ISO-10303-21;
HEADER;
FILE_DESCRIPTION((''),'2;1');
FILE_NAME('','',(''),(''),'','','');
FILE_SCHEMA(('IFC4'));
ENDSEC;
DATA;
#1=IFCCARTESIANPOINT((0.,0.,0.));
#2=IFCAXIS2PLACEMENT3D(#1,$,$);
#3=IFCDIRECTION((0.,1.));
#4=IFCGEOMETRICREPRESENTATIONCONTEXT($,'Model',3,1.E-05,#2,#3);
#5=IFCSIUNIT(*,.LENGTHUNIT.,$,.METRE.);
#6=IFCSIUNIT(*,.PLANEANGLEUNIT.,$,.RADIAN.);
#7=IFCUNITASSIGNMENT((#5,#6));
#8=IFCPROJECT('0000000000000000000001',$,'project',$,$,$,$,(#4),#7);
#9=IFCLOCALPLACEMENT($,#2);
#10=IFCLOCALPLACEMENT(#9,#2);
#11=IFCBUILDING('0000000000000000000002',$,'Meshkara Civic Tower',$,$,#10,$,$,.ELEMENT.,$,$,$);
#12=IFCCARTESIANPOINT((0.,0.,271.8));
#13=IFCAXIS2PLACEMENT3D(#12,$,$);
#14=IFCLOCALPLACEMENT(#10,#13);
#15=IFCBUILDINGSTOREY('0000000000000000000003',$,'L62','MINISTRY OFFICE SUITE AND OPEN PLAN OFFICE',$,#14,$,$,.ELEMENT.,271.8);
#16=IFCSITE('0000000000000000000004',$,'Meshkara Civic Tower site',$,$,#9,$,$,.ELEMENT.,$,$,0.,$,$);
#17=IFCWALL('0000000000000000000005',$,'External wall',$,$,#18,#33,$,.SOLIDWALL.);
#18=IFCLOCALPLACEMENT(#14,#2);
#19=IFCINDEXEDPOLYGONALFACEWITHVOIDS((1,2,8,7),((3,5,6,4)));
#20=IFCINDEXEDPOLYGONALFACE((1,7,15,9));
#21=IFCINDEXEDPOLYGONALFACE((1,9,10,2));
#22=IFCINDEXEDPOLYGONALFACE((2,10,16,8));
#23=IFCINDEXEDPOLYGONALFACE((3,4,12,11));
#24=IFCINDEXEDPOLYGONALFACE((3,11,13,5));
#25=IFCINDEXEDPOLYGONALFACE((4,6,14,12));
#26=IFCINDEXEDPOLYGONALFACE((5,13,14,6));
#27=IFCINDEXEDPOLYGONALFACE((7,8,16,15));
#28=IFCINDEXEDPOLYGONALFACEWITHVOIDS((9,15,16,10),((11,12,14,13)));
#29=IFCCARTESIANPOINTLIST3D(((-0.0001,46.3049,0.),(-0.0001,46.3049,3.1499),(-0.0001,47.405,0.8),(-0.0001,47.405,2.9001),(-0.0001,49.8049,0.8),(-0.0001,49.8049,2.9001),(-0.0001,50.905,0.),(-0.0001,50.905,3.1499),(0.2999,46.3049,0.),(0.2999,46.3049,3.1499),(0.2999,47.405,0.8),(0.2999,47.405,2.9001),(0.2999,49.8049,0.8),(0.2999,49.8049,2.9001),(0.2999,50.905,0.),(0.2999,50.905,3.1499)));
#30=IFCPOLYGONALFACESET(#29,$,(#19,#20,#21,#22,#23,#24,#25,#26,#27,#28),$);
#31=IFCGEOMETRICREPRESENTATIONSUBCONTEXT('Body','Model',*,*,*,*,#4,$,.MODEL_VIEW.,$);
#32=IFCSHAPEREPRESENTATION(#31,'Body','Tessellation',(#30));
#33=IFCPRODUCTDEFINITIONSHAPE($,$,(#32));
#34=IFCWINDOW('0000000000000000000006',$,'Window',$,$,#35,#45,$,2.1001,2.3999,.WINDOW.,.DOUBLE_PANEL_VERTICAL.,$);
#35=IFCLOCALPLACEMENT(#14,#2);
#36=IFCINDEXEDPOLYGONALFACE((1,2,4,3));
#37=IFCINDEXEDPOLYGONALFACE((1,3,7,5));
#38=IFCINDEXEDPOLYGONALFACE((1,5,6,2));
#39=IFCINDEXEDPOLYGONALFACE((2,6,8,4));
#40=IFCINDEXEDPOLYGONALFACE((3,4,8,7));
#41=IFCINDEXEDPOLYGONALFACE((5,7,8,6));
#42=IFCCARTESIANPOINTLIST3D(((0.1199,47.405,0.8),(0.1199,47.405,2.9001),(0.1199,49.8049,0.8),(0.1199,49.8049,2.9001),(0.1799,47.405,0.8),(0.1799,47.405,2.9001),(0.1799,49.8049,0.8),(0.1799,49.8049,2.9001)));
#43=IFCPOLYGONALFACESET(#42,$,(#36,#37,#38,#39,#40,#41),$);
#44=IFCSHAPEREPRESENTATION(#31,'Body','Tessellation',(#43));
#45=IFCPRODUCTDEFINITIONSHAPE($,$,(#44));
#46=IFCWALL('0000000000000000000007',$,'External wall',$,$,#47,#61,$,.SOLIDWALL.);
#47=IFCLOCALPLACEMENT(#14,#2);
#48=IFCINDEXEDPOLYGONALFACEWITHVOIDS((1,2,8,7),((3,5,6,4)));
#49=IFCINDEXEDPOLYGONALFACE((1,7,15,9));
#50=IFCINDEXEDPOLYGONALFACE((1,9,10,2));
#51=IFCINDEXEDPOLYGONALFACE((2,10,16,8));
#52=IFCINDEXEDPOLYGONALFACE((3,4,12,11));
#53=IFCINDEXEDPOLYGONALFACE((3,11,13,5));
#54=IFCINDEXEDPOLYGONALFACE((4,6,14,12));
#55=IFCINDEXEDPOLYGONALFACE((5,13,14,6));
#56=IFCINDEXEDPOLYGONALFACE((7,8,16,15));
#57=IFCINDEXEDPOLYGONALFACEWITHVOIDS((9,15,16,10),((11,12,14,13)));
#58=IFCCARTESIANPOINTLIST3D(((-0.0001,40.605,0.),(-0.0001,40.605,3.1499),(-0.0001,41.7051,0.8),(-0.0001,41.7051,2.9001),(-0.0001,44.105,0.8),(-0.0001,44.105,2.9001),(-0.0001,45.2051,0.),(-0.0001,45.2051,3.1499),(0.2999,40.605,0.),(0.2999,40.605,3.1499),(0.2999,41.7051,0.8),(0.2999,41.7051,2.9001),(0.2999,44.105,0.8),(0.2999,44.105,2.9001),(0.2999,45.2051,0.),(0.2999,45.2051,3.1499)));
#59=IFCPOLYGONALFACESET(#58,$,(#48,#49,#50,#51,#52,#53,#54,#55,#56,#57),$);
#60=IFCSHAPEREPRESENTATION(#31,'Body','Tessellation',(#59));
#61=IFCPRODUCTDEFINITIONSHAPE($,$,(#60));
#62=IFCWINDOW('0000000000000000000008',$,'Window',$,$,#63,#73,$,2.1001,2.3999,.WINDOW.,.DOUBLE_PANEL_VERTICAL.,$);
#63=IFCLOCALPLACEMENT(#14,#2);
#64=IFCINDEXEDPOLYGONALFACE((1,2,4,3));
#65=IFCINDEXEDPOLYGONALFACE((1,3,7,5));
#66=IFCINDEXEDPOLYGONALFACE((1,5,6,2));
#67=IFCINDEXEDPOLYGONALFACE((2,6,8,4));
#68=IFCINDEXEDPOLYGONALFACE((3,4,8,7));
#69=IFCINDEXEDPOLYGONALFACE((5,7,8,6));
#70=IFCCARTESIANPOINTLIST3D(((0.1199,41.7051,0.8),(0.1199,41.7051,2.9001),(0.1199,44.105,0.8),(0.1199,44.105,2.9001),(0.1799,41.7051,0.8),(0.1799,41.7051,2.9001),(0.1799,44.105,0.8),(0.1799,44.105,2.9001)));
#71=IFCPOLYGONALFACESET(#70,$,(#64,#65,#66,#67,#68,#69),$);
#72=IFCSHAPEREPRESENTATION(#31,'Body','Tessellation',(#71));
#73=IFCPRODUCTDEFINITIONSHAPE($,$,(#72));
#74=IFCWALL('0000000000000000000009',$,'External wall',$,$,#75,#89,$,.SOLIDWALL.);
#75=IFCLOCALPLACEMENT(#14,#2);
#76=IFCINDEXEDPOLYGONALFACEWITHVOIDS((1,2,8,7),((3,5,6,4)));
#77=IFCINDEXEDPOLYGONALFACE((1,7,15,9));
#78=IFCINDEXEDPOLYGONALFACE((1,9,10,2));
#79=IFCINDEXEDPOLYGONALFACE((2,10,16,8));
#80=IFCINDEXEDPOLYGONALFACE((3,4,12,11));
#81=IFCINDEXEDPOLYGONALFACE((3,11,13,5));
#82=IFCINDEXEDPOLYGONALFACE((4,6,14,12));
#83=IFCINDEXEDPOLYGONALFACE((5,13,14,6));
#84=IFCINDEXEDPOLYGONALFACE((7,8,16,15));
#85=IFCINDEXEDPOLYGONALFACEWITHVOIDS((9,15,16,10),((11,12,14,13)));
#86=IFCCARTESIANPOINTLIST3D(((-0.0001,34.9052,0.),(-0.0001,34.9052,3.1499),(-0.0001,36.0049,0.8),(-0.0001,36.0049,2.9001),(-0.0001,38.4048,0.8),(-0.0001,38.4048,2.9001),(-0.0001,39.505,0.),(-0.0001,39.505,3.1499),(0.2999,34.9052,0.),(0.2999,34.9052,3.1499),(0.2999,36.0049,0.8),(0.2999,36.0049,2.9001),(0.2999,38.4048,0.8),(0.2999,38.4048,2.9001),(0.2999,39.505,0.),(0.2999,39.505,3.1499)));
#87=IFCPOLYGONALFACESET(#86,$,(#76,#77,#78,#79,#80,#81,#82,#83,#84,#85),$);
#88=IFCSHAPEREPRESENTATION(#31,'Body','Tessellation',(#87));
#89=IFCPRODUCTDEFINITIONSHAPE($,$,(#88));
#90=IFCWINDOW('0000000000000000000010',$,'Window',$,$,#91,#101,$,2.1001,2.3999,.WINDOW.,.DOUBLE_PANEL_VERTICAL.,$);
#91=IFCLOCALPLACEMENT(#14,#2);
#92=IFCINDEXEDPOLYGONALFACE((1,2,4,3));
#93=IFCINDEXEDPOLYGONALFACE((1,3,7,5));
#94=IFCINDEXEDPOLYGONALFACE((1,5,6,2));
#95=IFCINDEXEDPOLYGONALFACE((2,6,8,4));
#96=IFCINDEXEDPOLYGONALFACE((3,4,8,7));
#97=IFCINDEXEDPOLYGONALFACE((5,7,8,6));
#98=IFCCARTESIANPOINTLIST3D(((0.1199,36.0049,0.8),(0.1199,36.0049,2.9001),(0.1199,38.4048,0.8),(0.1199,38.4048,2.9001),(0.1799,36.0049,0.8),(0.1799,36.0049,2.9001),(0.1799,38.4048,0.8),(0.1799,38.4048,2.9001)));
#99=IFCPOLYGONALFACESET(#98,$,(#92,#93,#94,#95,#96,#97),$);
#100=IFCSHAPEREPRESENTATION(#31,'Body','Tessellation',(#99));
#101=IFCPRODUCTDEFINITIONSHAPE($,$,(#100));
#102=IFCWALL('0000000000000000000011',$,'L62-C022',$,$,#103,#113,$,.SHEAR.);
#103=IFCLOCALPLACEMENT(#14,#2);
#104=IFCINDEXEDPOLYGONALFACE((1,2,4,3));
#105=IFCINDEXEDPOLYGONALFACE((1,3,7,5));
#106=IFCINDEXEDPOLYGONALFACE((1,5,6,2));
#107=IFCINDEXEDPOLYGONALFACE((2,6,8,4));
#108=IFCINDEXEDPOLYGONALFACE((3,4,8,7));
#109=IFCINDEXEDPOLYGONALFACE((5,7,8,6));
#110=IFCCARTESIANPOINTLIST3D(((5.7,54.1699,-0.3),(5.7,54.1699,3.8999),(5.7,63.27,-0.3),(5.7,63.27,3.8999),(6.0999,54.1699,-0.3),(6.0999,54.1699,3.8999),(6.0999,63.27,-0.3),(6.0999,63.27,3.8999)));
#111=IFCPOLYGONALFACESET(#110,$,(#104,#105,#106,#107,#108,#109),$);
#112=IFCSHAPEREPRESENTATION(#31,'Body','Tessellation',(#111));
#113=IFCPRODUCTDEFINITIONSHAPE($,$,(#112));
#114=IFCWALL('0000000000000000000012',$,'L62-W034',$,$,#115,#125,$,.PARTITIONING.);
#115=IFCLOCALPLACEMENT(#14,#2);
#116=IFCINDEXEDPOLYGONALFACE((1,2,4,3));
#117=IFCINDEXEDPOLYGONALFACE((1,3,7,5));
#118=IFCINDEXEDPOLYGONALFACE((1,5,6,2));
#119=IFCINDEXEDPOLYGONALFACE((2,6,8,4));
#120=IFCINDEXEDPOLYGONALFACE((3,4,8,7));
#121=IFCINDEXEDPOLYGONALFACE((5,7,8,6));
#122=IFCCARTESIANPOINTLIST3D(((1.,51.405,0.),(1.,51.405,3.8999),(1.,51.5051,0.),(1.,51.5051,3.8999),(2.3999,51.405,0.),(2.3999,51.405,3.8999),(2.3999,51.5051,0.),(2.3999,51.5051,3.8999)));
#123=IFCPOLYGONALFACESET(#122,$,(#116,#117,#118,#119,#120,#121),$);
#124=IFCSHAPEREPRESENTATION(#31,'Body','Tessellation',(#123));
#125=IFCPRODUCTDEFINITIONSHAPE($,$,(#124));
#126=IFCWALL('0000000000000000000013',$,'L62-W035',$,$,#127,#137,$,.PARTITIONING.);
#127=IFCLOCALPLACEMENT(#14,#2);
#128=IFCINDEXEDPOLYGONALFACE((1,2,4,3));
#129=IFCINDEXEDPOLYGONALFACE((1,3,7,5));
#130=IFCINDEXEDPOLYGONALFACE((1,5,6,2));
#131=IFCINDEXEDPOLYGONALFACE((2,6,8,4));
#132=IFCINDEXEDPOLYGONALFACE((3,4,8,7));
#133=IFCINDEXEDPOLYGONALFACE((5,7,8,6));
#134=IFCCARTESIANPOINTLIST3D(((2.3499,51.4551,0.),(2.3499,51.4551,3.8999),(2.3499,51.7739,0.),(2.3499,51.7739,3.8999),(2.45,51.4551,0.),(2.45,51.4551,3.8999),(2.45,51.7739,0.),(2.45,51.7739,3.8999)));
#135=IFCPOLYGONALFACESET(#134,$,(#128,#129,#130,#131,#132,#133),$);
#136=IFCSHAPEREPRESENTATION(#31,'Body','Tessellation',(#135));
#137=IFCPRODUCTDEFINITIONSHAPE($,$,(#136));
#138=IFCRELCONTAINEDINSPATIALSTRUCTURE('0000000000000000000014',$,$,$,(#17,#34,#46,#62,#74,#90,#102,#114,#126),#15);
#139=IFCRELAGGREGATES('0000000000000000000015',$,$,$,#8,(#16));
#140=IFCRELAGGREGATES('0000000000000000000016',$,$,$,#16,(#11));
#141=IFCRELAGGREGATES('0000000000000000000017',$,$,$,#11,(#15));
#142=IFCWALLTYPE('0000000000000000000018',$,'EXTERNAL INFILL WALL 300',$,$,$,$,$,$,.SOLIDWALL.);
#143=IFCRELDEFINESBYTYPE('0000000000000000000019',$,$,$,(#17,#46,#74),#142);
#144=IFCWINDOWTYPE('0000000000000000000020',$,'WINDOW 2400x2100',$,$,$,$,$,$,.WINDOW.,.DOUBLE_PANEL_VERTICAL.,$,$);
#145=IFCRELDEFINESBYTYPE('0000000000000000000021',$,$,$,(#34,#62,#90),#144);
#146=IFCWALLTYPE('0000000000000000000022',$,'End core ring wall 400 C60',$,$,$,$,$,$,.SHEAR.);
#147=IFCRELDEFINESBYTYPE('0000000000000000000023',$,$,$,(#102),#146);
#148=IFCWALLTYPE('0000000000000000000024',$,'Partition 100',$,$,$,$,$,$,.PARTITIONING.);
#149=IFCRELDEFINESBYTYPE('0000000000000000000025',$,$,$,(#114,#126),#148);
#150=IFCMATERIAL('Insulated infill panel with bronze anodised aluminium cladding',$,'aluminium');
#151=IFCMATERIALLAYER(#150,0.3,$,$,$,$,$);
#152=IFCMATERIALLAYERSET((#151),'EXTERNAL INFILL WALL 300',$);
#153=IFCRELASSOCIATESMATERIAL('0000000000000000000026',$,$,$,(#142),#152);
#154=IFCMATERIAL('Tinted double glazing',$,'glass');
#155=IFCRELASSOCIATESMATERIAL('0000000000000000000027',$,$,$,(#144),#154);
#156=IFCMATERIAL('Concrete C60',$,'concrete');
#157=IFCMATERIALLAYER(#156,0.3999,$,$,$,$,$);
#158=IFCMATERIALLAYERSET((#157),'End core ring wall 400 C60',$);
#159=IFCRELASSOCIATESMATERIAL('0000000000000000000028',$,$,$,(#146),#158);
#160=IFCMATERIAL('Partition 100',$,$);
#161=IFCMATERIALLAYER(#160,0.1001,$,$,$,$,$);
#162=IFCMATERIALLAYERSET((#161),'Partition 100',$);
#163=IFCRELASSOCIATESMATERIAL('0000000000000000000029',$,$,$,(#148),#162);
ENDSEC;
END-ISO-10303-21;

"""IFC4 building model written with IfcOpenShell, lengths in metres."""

from ifc_helpers import new_model, si_unit, direction, frame, frame_2d, origin, place, context, subcontext, project, spatial, rectangle, extrude, material, layer, layer_set, type_object, element, fill, save


model = new_model("IFC4")

# Units and contexts
model_context = context("Model", 3, precision=1e-05, world=origin(), true_north=direction((0.0, 1.0)))
body_context = subcontext(model_context, "Body", "Model", "MODEL_VIEW")
ifc_project = project(units=[si_unit("LENGTHUNIT", "METRE"), si_unit("PLANEANGLEUNIT", "RADIAN")], contexts=[model_context])

# Site, building, storey
site_placement = place(None, origin())
site = spatial("IfcSite", under=ifc_project, at=site_placement, Name="Meshkara Civic Tower site", CompositionType="ELEMENT", RefElevation=0.0)
building_placement = place(site_placement, origin())
building = spatial("IfcBuilding", under=site, at=building_placement, Name="Meshkara Civic Tower", CompositionType="ELEMENT")
storey_placement = place(building_placement, frame((0.0, 0.0, 271.8)))
storey = spatial("IfcBuildingStorey", under=building, at=storey_placement, Name="L62", Description="MINISTRY OFFICE SUITE AND OPEN PLAN OFFICE", CompositionType="ELEMENT", Elevation=271.8)

# Walls, openings, windows
ifc_material_1 = material(Name="Insulated infill panel with bronze anodised aluminium cladding", Category="aluminium")
ifc_layer_1 = layer(ifc_material_1, 0.3)
ifc_layer_set_1 = layer_set([ifc_layer_1], Name="EXTERNAL INFILL WALL 300")
wall_type_1 = type_object("IfcWallType", Name="EXTERNAL INFILL WALL 300", PredefinedType="SOLIDWALL", material=ifc_layer_set_1)
wall_1_placement = place(storey_placement, frame((0.1499, 50.905, 0.0), z_axis=(0.0, 0.0, 1.0), x_axis=(0.0, -1.0, 0.0)))
wall_1 = element("IfcWall", 1, at=wall_1_placement, inside=storey, type_object=wall_type_1, Name="External wall", PredefinedType="SOLIDWALL", context=body_context, shape_type="SweptSolid", body=[
    extrude(rectangle(XDim=4.6001, YDim=0.3, at=frame_2d((2.3, 0.0))), origin(), (0.0, 0.0, 1.0), 3.1499),
])
opening_1_placement = place(wall_1_placement, frame((1.1001, 0.0, 0.8)))
opening_1 = element("IfcOpeningElement", 2, at=opening_1_placement, cuts=wall_1, PredefinedType="OPENING", context=body_context, shape_type="SweptSolid", body=[
    extrude(rectangle(XDim=2.3999, YDim=2.1001, at=frame_2d((1.2, 1.05))), frame((0.0, 0.1599, 0.0), z_axis=(0.0, -1.0, 0.0), x_axis=(1.0, 0.0, 0.0)), (0.0, 0.0, 1.0), 0.3201),
])
ifc_material_2 = material(Name="Tinted double glazing", Category="glass")
window_type = type_object("IfcWindowType", Name="WINDOW 2400x2100", PartitioningType="DOUBLE_PANEL_VERTICAL", PredefinedType="WINDOW", material=ifc_material_2)
window_1_placement = place(opening_1_placement, origin())
window_1 = element("IfcWindow", 3, at=window_1_placement, inside=storey, type_object=window_type, Name="Window", OverallHeight=2.1001, OverallWidth=2.3999, PartitioningType="DOUBLE_PANEL_VERTICAL", PredefinedType="WINDOW", context=body_context, shape_type="SweptSolid", body=[
    extrude(rectangle(XDim=2.3999, YDim=2.1001, at=frame_2d((1.2, 1.05))), frame((0.0, 0.03, 0.0), z_axis=(0.0, -1.0, 0.0), x_axis=(1.0, 0.0, 0.0)), (0.0, 0.0, 1.0), 0.0601),
])
fill(opening_1, window_1)
wall_2_placement = place(storey_placement, frame((0.1499, 45.2051, 0.0), z_axis=(0.0, 0.0, 1.0), x_axis=(0.0, -1.0, 0.0)))
wall_2 = element("IfcWall", 4, at=wall_2_placement, inside=storey, type_object=wall_type_1, Name="External wall", PredefinedType="SOLIDWALL", context=body_context, shape_type="SweptSolid", body=[
    extrude(rectangle(XDim=4.6001, YDim=0.3, at=frame_2d((2.3, 0.0))), origin(), (0.0, 0.0, 1.0), 3.1499),
])
opening_2_placement = place(wall_2_placement, frame((1.1001, 0.0, 0.8)))
opening_2 = element("IfcOpeningElement", 5, at=opening_2_placement, cuts=wall_2, PredefinedType="OPENING", context=body_context, shape_type="SweptSolid", body=[
    extrude(rectangle(XDim=2.3999, YDim=2.1001, at=frame_2d((1.2, 1.05))), frame((0.0, 0.1599, 0.0), z_axis=(0.0, -1.0, 0.0), x_axis=(1.0, 0.0, 0.0)), (0.0, 0.0, 1.0), 0.3201),
])
window_2_placement = place(opening_2_placement, origin())
window_2 = element("IfcWindow", 6, at=window_2_placement, inside=storey, type_object=window_type, Name="Window", OverallHeight=2.1001, OverallWidth=2.3999, PartitioningType="DOUBLE_PANEL_VERTICAL", PredefinedType="WINDOW", context=body_context, shape_type="SweptSolid", body=[
    extrude(rectangle(XDim=2.3999, YDim=2.1001, at=frame_2d((1.2, 1.05))), frame((0.0, 0.03, 0.0), z_axis=(0.0, -1.0, 0.0), x_axis=(1.0, 0.0, 0.0)), (0.0, 0.0, 1.0), 0.0601),
])
fill(opening_2, window_2)
wall_3_placement = place(storey_placement, frame((0.1499, 39.5049, 0.0), z_axis=(0.0, 0.0, 1.0), x_axis=(0.0, -1.0, 0.0)))
wall_3 = element("IfcWall", 7, at=wall_3_placement, inside=storey, type_object=wall_type_1, Name="External wall", PredefinedType="SOLIDWALL", context=body_context, shape_type="SweptSolid", body=[
    extrude(rectangle(XDim=4.5999, YDim=0.3, at=frame_2d((2.2998, 0.0))), origin(), (0.0, 0.0, 1.0), 3.1499),
])
opening_3_placement = place(wall_3_placement, frame((1.1001, 0.0, 0.8)))
opening_3 = element("IfcOpeningElement", 8, at=opening_3_placement, cuts=wall_3, PredefinedType="OPENING", context=body_context, shape_type="SweptSolid", body=[
    extrude(rectangle(XDim=2.3999, YDim=2.1001, at=frame_2d((1.2, 1.05))), frame((0.0, 0.1599, 0.0), z_axis=(0.0, -1.0, 0.0), x_axis=(1.0, 0.0, 0.0)), (0.0, 0.0, 1.0), 0.3201),
])
window_3_placement = place(opening_3_placement, origin())
window_3 = element("IfcWindow", 9, at=window_3_placement, inside=storey, type_object=window_type, Name="Window", OverallHeight=2.1001, OverallWidth=2.3999, PartitioningType="DOUBLE_PANEL_VERTICAL", PredefinedType="WINDOW", context=body_context, shape_type="SweptSolid", body=[
    extrude(rectangle(XDim=2.3999, YDim=2.1001, at=frame_2d((1.2, 1.05))), frame((0.0, 0.03, 0.0), z_axis=(0.0, -1.0, 0.0), x_axis=(1.0, 0.0, 0.0)), (0.0, 0.0, 1.0), 0.0601),
])
fill(opening_3, window_3)

# Walls
ifc_material_3 = material(Name="Concrete C60", Category="concrete")
ifc_layer_2 = layer(ifc_material_3, 0.3999)
ifc_layer_set_2 = layer_set([ifc_layer_2], Name="End core ring wall 400 C60")
wall_type_2 = type_object("IfcWallType", Name="End core ring wall 400 C60", PredefinedType="SHEAR", material=ifc_layer_set_2)
wall_4_placement = place(storey_placement, frame((5.8999, 54.1699, -0.3), z_axis=(0.0, 0.0, 1.0), x_axis=(0.0, 1.0, 0.0)))
element("IfcWall", 10, at=wall_4_placement, inside=storey, type_object=wall_type_2, Name="L62-C022", PredefinedType="SHEAR", context=body_context, shape_type="SweptSolid", body=[
    extrude(rectangle(XDim=9.1001, YDim=0.3999, at=frame_2d((4.55, 0.0))), origin(), (0.0, 0.0, 1.0), 4.2),
])
ifc_material_4 = material(Name="Partition 100")
ifc_layer_3 = layer(ifc_material_4, 0.1001)
ifc_layer_set_3 = layer_set([ifc_layer_3], Name="Partition 100")
wall_type_3 = type_object("IfcWallType", Name="Partition 100", PredefinedType="PARTITIONING", material=ifc_layer_set_3)
wall_5_placement = place(storey_placement, frame((2.3999, 51.4551, 0.0), z_axis=(0.0, 0.0, 1.0), x_axis=(-1.0, 0.0, 0.0)))
element("IfcWall", 11, at=wall_5_placement, inside=storey, type_object=wall_type_3, Name="L62-W034", PredefinedType="PARTITIONING", context=body_context, shape_type="SweptSolid", body=[
    extrude(rectangle(XDim=1.3999, YDim=0.1001, at=frame_2d((0.7, 0.0))), origin(), (0.0, 0.0, 1.0), 3.8999),
])
wall_6_placement = place(storey_placement, frame((2.3999, 51.7739, 0.0), z_axis=(0.0, 0.0, 1.0), x_axis=(0.0, -1.0, 0.0)))
element("IfcWall", 12, at=wall_6_placement, inside=storey, type_object=wall_type_3, Name="L62-W035", PredefinedType="PARTITIONING", context=body_context, shape_type="SweptSolid", body=[
    extrude(rectangle(XDim=0.3188, YDim=0.1001, at=frame_2d((0.1594, 0.0))), origin(), (0.0, 0.0, 1.0), 3.8999),
])

save(model, "model.ifc")
